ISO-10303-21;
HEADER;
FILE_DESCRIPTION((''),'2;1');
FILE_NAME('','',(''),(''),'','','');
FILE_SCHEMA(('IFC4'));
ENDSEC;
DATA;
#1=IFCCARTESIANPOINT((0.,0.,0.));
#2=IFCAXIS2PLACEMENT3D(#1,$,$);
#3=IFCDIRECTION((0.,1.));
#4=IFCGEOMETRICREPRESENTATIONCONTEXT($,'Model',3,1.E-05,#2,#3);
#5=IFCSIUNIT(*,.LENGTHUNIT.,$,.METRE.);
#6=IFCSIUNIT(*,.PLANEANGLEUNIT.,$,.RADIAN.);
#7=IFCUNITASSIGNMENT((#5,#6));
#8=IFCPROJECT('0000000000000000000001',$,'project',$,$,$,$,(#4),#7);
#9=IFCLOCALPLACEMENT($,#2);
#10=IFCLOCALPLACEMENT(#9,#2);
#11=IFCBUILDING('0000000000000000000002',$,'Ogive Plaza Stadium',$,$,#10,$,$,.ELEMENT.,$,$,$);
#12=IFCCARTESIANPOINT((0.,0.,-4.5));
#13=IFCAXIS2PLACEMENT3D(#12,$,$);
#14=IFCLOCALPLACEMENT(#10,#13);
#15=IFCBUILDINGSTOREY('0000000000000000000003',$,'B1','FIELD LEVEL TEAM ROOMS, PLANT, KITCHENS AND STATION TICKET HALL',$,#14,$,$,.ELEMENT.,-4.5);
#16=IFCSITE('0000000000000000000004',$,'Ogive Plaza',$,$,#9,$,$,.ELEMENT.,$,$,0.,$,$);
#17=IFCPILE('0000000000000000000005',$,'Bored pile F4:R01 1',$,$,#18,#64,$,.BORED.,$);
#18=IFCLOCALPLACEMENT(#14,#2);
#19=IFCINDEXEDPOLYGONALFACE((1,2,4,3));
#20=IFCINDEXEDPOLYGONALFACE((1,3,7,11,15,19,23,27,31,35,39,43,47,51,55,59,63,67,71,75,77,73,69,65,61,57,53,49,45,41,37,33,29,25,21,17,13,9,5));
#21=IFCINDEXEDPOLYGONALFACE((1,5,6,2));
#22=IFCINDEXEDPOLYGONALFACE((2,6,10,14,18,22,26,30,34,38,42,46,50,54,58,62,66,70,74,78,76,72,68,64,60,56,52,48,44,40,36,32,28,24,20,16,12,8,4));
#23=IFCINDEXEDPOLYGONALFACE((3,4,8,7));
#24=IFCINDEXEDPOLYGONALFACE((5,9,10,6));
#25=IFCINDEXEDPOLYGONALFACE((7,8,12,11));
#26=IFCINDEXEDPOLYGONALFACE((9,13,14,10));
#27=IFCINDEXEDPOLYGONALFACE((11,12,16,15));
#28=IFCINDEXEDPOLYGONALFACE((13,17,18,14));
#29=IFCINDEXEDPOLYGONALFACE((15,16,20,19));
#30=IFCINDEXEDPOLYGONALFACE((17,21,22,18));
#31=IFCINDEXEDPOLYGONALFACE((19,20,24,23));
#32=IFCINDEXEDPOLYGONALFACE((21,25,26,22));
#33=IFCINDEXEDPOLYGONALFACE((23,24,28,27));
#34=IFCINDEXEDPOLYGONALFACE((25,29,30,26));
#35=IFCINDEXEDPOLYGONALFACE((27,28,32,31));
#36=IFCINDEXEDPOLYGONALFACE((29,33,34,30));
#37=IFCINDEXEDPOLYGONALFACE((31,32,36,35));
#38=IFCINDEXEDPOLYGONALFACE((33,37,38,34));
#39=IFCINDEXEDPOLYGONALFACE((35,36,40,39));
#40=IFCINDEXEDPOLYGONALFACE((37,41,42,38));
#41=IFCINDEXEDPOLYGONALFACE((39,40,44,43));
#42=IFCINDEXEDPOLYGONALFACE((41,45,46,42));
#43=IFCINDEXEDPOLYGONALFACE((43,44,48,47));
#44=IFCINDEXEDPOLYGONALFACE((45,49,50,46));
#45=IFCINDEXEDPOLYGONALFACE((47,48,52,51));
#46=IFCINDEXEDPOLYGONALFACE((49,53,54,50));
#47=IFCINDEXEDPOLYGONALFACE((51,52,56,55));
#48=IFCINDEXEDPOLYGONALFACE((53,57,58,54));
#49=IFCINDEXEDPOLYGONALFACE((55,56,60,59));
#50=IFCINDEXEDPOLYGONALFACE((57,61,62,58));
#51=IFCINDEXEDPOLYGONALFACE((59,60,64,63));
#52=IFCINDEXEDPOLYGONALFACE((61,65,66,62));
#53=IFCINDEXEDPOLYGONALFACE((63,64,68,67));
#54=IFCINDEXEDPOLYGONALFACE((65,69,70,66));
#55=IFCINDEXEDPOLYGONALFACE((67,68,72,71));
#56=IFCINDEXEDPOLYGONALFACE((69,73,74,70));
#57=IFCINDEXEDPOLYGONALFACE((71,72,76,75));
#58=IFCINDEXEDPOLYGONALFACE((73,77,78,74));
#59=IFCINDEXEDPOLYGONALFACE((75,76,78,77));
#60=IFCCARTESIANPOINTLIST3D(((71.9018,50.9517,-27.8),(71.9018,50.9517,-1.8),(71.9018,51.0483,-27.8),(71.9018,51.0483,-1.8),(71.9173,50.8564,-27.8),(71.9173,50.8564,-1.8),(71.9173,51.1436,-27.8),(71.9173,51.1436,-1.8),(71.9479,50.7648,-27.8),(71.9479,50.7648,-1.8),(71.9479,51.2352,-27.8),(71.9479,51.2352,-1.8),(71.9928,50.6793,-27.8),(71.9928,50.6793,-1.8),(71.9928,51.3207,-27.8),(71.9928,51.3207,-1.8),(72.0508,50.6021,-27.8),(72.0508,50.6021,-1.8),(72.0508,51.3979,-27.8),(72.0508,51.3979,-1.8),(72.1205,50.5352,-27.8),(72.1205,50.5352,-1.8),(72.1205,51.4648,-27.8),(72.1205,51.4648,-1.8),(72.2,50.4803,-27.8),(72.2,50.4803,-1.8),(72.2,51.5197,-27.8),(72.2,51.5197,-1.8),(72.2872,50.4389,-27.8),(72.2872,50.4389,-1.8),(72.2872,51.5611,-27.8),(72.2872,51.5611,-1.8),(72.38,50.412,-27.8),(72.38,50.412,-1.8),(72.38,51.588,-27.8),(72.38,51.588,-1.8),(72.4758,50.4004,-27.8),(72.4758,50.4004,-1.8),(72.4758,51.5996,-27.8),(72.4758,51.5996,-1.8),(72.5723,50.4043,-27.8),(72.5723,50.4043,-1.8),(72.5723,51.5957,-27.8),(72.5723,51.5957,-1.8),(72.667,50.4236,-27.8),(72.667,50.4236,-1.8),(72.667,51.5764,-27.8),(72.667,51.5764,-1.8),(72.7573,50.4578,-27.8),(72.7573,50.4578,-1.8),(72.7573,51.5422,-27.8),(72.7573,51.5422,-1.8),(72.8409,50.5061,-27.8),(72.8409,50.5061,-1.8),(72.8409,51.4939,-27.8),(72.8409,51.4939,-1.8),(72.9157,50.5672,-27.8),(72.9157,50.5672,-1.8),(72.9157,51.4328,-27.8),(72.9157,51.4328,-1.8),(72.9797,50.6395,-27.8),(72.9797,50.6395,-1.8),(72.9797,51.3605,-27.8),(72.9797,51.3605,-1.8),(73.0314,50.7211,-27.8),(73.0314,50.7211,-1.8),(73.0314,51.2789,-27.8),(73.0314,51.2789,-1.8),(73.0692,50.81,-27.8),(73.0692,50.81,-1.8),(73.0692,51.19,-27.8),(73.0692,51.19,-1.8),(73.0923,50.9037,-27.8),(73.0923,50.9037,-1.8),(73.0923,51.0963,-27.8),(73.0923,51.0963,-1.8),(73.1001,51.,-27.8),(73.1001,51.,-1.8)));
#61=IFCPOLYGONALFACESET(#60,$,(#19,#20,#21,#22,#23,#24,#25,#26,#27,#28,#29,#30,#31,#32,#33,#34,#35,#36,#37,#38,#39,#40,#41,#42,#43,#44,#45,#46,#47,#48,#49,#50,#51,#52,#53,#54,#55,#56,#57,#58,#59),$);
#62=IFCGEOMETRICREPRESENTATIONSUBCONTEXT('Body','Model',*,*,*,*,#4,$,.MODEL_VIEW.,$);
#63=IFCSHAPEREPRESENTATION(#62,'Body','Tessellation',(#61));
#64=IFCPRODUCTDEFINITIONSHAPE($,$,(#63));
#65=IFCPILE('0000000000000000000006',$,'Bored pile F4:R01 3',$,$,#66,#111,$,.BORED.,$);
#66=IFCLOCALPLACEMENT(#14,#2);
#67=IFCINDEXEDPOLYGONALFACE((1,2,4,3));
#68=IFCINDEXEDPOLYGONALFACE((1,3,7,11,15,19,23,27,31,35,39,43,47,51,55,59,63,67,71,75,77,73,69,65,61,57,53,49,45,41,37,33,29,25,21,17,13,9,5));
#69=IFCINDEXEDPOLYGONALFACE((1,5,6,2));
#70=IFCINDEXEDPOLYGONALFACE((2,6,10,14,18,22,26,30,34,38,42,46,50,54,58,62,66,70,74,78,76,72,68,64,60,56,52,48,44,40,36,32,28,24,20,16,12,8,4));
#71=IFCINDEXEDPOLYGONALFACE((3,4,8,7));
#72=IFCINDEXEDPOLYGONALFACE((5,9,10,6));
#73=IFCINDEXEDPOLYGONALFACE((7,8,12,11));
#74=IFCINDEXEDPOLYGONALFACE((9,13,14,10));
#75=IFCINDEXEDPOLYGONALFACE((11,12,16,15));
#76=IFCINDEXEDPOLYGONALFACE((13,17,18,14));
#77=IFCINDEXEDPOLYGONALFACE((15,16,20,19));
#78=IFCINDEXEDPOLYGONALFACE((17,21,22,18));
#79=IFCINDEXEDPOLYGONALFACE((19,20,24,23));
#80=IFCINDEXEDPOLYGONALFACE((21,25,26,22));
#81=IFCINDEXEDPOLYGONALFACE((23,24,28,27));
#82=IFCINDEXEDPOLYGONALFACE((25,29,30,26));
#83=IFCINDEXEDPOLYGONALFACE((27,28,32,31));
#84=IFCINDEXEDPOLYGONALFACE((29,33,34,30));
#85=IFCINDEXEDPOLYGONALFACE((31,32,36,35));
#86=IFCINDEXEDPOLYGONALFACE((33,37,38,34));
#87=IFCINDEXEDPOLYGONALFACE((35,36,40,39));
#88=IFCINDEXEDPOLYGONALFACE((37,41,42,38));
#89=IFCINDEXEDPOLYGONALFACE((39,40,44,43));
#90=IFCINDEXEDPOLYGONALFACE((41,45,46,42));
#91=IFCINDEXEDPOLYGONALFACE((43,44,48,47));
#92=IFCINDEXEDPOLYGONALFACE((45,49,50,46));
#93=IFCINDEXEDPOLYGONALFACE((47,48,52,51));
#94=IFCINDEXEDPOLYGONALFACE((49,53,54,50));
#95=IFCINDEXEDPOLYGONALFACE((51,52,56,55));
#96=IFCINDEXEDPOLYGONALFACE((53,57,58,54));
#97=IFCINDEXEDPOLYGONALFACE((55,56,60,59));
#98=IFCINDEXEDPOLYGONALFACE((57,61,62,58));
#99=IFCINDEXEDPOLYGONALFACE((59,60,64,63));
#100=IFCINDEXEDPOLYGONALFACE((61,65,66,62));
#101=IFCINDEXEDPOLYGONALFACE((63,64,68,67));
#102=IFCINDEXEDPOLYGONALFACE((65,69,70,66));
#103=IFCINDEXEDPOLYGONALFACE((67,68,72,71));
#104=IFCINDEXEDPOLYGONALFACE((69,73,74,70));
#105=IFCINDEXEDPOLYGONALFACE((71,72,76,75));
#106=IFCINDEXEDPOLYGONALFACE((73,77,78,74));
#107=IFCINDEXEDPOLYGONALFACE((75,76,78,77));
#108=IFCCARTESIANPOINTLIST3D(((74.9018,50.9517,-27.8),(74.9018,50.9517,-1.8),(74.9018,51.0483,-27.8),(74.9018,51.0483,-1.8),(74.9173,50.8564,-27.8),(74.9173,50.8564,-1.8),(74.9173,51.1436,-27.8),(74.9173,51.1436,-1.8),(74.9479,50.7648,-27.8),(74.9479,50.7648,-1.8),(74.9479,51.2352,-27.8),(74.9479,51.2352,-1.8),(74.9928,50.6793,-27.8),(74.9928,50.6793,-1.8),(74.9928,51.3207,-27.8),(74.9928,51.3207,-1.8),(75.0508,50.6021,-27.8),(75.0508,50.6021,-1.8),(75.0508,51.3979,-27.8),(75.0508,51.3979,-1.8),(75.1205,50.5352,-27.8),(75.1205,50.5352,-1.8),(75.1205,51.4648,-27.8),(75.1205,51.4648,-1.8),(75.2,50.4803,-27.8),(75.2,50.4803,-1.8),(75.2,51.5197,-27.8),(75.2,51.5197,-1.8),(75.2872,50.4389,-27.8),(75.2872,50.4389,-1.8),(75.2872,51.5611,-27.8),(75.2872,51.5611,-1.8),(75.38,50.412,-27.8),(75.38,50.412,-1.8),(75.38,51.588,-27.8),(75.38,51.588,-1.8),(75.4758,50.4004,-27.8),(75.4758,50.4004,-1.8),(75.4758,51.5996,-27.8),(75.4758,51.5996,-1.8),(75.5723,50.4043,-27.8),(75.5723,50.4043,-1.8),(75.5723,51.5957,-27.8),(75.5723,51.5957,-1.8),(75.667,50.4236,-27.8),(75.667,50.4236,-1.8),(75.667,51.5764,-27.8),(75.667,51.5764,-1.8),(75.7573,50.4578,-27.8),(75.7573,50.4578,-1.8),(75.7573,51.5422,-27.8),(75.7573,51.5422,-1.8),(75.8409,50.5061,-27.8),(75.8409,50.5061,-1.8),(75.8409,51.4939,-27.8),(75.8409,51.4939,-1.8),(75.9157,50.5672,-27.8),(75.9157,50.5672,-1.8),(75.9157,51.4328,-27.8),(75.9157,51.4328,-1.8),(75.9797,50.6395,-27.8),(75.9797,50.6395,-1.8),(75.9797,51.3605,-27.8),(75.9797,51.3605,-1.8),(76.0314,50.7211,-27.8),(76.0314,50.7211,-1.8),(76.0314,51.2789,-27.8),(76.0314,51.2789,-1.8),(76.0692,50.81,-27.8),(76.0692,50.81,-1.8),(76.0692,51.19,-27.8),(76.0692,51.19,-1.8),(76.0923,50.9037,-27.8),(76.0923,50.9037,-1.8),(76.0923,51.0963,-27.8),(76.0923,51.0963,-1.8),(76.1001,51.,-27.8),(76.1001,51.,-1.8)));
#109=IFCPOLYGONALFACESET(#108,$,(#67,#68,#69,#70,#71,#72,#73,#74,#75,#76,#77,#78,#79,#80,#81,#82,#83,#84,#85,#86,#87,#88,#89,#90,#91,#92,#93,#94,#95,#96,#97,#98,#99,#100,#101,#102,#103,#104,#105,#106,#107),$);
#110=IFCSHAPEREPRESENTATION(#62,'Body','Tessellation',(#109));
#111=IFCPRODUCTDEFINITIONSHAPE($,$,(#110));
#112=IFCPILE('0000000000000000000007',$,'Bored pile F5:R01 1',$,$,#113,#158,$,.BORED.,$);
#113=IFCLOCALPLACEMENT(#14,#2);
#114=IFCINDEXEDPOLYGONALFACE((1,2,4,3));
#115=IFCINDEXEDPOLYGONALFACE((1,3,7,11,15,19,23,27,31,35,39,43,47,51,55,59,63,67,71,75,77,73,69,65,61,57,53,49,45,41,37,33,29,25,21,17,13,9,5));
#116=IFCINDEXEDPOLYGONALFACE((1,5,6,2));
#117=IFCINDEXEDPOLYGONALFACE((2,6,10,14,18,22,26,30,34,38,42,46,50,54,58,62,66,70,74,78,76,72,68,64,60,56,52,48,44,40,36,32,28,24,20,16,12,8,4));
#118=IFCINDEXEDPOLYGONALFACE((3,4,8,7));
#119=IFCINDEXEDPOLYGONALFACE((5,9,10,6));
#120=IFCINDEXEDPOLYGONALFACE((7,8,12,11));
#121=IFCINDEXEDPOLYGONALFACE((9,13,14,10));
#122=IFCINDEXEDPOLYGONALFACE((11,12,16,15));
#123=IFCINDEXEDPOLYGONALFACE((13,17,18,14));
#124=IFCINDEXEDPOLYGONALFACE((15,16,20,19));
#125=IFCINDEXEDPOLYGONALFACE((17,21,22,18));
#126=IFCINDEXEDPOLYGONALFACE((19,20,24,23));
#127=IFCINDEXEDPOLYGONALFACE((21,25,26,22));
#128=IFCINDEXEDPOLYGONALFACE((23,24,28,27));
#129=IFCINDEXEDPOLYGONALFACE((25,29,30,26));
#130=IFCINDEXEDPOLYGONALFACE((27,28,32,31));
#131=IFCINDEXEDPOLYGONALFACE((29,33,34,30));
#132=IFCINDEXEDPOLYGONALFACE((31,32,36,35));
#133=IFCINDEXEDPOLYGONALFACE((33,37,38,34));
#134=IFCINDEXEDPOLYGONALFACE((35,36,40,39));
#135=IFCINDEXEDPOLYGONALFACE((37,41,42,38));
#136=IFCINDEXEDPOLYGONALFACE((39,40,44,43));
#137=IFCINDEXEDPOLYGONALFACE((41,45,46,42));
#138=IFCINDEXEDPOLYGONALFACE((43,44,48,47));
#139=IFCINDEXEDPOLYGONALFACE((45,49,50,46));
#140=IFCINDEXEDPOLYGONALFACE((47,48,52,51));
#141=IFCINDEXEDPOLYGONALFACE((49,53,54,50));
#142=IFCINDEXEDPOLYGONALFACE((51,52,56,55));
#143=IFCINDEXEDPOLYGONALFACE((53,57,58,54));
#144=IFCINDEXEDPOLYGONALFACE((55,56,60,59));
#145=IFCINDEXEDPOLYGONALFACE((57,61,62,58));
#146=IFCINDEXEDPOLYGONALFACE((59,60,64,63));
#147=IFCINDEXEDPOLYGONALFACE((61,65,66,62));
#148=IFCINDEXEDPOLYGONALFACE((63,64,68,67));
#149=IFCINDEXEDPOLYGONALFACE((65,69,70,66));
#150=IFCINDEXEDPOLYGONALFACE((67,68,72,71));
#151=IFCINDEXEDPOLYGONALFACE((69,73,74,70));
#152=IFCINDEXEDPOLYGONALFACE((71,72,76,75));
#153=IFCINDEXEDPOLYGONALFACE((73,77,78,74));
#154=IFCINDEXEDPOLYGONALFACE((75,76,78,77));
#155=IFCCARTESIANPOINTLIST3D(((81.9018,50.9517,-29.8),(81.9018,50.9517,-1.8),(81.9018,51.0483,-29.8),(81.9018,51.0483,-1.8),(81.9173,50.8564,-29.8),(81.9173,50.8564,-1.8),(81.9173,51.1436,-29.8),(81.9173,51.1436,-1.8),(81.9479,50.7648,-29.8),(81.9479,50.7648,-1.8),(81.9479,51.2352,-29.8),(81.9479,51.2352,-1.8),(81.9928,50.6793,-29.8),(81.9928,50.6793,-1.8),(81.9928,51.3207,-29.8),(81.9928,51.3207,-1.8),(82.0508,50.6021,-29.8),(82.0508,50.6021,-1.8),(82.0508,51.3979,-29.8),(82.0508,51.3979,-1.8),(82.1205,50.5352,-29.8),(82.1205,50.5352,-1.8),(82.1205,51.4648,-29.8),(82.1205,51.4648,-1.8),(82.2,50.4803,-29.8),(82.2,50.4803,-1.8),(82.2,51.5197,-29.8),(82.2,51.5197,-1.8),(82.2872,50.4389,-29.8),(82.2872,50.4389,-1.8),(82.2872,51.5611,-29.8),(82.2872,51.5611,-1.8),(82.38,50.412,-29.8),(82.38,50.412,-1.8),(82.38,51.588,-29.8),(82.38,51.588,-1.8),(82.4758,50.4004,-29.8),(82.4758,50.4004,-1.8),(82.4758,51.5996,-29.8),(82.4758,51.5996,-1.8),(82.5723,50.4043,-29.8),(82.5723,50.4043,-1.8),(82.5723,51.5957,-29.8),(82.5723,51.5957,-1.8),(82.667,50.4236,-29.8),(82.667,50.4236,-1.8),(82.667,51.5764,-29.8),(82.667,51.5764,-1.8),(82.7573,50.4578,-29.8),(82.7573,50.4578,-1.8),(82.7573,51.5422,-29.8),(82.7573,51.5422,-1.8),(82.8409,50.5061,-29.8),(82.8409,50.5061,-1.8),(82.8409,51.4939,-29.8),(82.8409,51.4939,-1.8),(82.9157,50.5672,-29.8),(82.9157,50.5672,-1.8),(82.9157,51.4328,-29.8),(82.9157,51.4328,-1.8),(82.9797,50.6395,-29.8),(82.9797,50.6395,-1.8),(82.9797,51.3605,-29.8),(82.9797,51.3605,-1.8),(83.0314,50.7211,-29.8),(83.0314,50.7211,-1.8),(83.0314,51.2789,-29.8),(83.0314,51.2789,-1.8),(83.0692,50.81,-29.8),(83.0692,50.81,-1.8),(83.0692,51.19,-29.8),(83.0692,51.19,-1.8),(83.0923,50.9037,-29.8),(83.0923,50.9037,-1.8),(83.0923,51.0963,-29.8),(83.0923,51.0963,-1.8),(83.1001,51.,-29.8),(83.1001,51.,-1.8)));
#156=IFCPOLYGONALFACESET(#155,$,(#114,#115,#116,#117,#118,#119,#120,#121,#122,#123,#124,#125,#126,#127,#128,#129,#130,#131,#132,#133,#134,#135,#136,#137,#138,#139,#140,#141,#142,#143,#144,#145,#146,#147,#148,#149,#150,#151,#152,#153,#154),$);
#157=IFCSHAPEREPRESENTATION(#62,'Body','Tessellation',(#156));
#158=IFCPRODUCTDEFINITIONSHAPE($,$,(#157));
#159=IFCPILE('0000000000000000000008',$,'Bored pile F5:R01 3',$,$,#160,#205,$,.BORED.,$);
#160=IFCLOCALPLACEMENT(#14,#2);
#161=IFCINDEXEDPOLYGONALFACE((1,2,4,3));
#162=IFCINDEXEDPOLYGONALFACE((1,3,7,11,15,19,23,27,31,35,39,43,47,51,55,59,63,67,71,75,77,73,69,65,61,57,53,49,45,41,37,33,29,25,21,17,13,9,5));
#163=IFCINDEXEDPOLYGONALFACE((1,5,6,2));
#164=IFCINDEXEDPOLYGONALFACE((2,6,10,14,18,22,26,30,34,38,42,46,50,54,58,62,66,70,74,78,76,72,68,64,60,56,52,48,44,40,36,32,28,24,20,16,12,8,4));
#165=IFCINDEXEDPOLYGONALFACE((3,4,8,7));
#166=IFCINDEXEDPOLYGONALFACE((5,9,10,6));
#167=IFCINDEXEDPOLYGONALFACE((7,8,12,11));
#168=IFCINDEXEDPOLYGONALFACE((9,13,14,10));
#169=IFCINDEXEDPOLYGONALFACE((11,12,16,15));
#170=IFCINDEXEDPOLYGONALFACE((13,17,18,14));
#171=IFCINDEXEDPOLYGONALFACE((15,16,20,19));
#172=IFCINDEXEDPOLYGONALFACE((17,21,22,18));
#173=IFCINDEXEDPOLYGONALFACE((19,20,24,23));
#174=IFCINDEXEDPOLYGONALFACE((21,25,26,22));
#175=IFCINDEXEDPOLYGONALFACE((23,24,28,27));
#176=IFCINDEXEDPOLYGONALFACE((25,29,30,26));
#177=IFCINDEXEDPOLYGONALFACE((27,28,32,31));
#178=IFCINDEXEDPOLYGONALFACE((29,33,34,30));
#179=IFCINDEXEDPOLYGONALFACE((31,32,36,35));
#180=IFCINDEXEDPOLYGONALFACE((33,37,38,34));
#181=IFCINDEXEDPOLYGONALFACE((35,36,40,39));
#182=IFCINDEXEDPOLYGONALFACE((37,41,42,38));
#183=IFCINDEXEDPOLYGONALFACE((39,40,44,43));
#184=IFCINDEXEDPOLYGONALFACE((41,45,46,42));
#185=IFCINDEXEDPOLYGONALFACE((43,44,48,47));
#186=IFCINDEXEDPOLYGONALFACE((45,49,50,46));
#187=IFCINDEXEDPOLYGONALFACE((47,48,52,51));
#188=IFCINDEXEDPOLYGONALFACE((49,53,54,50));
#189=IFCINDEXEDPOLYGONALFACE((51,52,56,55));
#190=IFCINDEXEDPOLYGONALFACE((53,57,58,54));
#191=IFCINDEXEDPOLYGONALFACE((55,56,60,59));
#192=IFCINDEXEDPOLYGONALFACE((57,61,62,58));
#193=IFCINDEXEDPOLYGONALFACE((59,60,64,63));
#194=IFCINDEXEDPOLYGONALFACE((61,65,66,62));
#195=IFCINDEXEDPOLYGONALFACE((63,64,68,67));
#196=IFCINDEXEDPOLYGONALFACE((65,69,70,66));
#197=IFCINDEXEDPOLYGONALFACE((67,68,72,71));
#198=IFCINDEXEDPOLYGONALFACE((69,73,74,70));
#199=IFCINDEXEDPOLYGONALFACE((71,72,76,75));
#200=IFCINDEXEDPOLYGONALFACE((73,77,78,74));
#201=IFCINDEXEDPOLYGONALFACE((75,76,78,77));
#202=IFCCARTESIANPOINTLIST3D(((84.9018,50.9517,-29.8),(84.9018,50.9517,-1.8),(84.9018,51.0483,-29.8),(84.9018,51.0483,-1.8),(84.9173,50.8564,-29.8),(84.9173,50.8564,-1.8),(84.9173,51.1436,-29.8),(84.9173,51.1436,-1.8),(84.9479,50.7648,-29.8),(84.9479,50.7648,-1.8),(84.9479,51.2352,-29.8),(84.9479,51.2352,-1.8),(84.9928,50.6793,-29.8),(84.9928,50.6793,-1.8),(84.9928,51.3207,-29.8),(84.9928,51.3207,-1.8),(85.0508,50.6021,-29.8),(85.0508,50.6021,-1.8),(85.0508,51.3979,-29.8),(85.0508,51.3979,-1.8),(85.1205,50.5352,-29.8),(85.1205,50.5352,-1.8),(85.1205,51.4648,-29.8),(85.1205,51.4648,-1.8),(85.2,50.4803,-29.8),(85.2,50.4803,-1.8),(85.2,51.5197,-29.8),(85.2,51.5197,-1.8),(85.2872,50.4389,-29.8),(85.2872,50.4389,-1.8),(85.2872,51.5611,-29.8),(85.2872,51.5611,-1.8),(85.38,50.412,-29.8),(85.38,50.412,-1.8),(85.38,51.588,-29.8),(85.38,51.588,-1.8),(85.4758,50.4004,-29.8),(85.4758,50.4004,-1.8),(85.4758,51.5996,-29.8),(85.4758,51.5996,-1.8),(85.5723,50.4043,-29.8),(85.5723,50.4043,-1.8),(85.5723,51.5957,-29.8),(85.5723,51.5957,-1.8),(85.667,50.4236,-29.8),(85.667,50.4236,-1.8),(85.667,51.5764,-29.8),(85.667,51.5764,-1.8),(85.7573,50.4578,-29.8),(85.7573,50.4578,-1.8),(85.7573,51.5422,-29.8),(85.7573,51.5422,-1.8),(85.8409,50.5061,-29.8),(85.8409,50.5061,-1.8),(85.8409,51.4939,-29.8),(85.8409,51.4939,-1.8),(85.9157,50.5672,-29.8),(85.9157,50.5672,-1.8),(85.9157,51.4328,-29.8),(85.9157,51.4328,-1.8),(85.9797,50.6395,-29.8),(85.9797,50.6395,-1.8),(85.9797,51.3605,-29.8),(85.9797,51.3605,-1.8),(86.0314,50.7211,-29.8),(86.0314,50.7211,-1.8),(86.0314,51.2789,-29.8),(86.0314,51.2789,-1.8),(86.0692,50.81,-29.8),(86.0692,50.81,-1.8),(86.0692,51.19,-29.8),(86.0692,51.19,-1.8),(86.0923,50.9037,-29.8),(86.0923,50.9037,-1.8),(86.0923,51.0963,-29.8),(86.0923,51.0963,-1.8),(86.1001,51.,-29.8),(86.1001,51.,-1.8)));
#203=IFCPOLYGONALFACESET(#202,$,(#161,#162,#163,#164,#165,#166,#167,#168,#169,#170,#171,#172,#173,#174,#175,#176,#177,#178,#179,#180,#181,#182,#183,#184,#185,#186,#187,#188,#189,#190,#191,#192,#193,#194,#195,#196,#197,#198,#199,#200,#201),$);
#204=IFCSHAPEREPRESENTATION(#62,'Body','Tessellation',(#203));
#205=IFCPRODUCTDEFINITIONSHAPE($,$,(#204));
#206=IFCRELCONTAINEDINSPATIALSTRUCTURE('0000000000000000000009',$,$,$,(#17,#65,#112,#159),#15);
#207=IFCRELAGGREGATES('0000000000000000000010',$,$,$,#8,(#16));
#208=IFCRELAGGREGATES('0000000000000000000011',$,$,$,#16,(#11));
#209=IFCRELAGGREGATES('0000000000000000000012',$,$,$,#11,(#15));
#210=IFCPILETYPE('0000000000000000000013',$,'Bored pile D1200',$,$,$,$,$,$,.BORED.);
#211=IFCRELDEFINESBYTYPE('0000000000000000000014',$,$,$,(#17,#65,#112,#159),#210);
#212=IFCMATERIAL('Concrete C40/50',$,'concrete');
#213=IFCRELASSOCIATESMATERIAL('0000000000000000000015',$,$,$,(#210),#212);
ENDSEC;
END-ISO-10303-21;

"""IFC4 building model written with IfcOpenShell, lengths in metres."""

from ifc_helpers import new_model, si_unit, direction, frame, origin, origin_2d, place, context, subcontext, project, spatial, circle, extrude, material, material_profile, profile_set, type_object, element, save


model = new_model("IFC4")

# Units and contexts
model_context = context("Model", 3, precision=1e-05, world=origin(), true_north=direction((0.0, 1.0)))
body_context = subcontext(model_context, "Body", "Model", "MODEL_VIEW")
ifc_project = project(units=[si_unit("LENGTHUNIT", "METRE"), si_unit("PLANEANGLEUNIT", "RADIAN")], contexts=[model_context])

# Site, building, storey
site_placement = place(None, origin())
site = spatial("IfcSite", under=ifc_project, at=site_placement, Name="Ogive Plaza", CompositionType="ELEMENT", RefElevation=0.0)
building_placement = place(site_placement, origin())
building = spatial("IfcBuilding", under=site, at=building_placement, Name="Ogive Plaza Stadium", CompositionType="ELEMENT")
storey_placement = place(building_placement, frame((0.0, 0.0, -4.5)))
storey = spatial("IfcBuildingStorey", under=building, at=storey_placement, Name="B1", Description="FIELD LEVEL TEAM ROOMS, PLANT, KITCHENS AND STATION TICKET HALL", CompositionType="ELEMENT", Elevation=-4.5)

# Piles
ifc_material_1 = material(Name="Concrete C40/50", Category="concrete")
ifc_material_profile_1 = material_profile(ifc_material_1, circle(Radius=0.6001, at=origin_2d()), Name="RC D1200")
ifc_profile_set_1 = profile_set([ifc_material_profile_1], Name="Concrete C40/50")
pile_type_1 = type_object("IfcPileType", Name="Bored pile D1200", PredefinedType="BORED", material=ifc_profile_set_1)
for number, where, z_axis, x_axis, name in (
    (1, (72.5, 51.0, -1.8), (0.0, 0.0, -1.0), (1.0, 0.0, 0.0), "Bored pile F4:R01 1"),
    (2, (75.5, 51.0, -1.8), (0.0, 0.0, -1.0), (1.0, 0.0, 0.0), "Bored pile F4:R01 3"),
):
    element("IfcPile", number, at=place(storey_placement, frame(where, z_axis=z_axis, x_axis=x_axis)), inside=storey, type_object=pile_type_1, Name=name, PredefinedType="BORED", context=body_context, shape_type="SweptSolid", body=[
        extrude(circle(Radius=0.6001, at=origin_2d()), origin(), (0.0, 0.0, 1.0), 26.0),
    ])
for number, where, z_axis, x_axis, name in (
    (3, (82.5, 51.0, -1.8), (0.0, 0.0, -1.0), (1.0, 0.0, 0.0), "Bored pile F5:R01 1"),
    (4, (85.5, 51.0, -1.8), (0.0, 0.0, -1.0), (1.0, 0.0, 0.0), "Bored pile F5:R01 3"),
):
    element("IfcPile", number, at=place(storey_placement, frame(where, z_axis=z_axis, x_axis=x_axis)), inside=storey, type_object=pile_type_1, Name=name, PredefinedType="BORED", context=body_context, shape_type="SweptSolid", body=[
        extrude(circle(Radius=0.6001, at=origin_2d()), origin(), (0.0, 0.0, 1.0), 28.0),
    ])

save(model, "model.ifc")
